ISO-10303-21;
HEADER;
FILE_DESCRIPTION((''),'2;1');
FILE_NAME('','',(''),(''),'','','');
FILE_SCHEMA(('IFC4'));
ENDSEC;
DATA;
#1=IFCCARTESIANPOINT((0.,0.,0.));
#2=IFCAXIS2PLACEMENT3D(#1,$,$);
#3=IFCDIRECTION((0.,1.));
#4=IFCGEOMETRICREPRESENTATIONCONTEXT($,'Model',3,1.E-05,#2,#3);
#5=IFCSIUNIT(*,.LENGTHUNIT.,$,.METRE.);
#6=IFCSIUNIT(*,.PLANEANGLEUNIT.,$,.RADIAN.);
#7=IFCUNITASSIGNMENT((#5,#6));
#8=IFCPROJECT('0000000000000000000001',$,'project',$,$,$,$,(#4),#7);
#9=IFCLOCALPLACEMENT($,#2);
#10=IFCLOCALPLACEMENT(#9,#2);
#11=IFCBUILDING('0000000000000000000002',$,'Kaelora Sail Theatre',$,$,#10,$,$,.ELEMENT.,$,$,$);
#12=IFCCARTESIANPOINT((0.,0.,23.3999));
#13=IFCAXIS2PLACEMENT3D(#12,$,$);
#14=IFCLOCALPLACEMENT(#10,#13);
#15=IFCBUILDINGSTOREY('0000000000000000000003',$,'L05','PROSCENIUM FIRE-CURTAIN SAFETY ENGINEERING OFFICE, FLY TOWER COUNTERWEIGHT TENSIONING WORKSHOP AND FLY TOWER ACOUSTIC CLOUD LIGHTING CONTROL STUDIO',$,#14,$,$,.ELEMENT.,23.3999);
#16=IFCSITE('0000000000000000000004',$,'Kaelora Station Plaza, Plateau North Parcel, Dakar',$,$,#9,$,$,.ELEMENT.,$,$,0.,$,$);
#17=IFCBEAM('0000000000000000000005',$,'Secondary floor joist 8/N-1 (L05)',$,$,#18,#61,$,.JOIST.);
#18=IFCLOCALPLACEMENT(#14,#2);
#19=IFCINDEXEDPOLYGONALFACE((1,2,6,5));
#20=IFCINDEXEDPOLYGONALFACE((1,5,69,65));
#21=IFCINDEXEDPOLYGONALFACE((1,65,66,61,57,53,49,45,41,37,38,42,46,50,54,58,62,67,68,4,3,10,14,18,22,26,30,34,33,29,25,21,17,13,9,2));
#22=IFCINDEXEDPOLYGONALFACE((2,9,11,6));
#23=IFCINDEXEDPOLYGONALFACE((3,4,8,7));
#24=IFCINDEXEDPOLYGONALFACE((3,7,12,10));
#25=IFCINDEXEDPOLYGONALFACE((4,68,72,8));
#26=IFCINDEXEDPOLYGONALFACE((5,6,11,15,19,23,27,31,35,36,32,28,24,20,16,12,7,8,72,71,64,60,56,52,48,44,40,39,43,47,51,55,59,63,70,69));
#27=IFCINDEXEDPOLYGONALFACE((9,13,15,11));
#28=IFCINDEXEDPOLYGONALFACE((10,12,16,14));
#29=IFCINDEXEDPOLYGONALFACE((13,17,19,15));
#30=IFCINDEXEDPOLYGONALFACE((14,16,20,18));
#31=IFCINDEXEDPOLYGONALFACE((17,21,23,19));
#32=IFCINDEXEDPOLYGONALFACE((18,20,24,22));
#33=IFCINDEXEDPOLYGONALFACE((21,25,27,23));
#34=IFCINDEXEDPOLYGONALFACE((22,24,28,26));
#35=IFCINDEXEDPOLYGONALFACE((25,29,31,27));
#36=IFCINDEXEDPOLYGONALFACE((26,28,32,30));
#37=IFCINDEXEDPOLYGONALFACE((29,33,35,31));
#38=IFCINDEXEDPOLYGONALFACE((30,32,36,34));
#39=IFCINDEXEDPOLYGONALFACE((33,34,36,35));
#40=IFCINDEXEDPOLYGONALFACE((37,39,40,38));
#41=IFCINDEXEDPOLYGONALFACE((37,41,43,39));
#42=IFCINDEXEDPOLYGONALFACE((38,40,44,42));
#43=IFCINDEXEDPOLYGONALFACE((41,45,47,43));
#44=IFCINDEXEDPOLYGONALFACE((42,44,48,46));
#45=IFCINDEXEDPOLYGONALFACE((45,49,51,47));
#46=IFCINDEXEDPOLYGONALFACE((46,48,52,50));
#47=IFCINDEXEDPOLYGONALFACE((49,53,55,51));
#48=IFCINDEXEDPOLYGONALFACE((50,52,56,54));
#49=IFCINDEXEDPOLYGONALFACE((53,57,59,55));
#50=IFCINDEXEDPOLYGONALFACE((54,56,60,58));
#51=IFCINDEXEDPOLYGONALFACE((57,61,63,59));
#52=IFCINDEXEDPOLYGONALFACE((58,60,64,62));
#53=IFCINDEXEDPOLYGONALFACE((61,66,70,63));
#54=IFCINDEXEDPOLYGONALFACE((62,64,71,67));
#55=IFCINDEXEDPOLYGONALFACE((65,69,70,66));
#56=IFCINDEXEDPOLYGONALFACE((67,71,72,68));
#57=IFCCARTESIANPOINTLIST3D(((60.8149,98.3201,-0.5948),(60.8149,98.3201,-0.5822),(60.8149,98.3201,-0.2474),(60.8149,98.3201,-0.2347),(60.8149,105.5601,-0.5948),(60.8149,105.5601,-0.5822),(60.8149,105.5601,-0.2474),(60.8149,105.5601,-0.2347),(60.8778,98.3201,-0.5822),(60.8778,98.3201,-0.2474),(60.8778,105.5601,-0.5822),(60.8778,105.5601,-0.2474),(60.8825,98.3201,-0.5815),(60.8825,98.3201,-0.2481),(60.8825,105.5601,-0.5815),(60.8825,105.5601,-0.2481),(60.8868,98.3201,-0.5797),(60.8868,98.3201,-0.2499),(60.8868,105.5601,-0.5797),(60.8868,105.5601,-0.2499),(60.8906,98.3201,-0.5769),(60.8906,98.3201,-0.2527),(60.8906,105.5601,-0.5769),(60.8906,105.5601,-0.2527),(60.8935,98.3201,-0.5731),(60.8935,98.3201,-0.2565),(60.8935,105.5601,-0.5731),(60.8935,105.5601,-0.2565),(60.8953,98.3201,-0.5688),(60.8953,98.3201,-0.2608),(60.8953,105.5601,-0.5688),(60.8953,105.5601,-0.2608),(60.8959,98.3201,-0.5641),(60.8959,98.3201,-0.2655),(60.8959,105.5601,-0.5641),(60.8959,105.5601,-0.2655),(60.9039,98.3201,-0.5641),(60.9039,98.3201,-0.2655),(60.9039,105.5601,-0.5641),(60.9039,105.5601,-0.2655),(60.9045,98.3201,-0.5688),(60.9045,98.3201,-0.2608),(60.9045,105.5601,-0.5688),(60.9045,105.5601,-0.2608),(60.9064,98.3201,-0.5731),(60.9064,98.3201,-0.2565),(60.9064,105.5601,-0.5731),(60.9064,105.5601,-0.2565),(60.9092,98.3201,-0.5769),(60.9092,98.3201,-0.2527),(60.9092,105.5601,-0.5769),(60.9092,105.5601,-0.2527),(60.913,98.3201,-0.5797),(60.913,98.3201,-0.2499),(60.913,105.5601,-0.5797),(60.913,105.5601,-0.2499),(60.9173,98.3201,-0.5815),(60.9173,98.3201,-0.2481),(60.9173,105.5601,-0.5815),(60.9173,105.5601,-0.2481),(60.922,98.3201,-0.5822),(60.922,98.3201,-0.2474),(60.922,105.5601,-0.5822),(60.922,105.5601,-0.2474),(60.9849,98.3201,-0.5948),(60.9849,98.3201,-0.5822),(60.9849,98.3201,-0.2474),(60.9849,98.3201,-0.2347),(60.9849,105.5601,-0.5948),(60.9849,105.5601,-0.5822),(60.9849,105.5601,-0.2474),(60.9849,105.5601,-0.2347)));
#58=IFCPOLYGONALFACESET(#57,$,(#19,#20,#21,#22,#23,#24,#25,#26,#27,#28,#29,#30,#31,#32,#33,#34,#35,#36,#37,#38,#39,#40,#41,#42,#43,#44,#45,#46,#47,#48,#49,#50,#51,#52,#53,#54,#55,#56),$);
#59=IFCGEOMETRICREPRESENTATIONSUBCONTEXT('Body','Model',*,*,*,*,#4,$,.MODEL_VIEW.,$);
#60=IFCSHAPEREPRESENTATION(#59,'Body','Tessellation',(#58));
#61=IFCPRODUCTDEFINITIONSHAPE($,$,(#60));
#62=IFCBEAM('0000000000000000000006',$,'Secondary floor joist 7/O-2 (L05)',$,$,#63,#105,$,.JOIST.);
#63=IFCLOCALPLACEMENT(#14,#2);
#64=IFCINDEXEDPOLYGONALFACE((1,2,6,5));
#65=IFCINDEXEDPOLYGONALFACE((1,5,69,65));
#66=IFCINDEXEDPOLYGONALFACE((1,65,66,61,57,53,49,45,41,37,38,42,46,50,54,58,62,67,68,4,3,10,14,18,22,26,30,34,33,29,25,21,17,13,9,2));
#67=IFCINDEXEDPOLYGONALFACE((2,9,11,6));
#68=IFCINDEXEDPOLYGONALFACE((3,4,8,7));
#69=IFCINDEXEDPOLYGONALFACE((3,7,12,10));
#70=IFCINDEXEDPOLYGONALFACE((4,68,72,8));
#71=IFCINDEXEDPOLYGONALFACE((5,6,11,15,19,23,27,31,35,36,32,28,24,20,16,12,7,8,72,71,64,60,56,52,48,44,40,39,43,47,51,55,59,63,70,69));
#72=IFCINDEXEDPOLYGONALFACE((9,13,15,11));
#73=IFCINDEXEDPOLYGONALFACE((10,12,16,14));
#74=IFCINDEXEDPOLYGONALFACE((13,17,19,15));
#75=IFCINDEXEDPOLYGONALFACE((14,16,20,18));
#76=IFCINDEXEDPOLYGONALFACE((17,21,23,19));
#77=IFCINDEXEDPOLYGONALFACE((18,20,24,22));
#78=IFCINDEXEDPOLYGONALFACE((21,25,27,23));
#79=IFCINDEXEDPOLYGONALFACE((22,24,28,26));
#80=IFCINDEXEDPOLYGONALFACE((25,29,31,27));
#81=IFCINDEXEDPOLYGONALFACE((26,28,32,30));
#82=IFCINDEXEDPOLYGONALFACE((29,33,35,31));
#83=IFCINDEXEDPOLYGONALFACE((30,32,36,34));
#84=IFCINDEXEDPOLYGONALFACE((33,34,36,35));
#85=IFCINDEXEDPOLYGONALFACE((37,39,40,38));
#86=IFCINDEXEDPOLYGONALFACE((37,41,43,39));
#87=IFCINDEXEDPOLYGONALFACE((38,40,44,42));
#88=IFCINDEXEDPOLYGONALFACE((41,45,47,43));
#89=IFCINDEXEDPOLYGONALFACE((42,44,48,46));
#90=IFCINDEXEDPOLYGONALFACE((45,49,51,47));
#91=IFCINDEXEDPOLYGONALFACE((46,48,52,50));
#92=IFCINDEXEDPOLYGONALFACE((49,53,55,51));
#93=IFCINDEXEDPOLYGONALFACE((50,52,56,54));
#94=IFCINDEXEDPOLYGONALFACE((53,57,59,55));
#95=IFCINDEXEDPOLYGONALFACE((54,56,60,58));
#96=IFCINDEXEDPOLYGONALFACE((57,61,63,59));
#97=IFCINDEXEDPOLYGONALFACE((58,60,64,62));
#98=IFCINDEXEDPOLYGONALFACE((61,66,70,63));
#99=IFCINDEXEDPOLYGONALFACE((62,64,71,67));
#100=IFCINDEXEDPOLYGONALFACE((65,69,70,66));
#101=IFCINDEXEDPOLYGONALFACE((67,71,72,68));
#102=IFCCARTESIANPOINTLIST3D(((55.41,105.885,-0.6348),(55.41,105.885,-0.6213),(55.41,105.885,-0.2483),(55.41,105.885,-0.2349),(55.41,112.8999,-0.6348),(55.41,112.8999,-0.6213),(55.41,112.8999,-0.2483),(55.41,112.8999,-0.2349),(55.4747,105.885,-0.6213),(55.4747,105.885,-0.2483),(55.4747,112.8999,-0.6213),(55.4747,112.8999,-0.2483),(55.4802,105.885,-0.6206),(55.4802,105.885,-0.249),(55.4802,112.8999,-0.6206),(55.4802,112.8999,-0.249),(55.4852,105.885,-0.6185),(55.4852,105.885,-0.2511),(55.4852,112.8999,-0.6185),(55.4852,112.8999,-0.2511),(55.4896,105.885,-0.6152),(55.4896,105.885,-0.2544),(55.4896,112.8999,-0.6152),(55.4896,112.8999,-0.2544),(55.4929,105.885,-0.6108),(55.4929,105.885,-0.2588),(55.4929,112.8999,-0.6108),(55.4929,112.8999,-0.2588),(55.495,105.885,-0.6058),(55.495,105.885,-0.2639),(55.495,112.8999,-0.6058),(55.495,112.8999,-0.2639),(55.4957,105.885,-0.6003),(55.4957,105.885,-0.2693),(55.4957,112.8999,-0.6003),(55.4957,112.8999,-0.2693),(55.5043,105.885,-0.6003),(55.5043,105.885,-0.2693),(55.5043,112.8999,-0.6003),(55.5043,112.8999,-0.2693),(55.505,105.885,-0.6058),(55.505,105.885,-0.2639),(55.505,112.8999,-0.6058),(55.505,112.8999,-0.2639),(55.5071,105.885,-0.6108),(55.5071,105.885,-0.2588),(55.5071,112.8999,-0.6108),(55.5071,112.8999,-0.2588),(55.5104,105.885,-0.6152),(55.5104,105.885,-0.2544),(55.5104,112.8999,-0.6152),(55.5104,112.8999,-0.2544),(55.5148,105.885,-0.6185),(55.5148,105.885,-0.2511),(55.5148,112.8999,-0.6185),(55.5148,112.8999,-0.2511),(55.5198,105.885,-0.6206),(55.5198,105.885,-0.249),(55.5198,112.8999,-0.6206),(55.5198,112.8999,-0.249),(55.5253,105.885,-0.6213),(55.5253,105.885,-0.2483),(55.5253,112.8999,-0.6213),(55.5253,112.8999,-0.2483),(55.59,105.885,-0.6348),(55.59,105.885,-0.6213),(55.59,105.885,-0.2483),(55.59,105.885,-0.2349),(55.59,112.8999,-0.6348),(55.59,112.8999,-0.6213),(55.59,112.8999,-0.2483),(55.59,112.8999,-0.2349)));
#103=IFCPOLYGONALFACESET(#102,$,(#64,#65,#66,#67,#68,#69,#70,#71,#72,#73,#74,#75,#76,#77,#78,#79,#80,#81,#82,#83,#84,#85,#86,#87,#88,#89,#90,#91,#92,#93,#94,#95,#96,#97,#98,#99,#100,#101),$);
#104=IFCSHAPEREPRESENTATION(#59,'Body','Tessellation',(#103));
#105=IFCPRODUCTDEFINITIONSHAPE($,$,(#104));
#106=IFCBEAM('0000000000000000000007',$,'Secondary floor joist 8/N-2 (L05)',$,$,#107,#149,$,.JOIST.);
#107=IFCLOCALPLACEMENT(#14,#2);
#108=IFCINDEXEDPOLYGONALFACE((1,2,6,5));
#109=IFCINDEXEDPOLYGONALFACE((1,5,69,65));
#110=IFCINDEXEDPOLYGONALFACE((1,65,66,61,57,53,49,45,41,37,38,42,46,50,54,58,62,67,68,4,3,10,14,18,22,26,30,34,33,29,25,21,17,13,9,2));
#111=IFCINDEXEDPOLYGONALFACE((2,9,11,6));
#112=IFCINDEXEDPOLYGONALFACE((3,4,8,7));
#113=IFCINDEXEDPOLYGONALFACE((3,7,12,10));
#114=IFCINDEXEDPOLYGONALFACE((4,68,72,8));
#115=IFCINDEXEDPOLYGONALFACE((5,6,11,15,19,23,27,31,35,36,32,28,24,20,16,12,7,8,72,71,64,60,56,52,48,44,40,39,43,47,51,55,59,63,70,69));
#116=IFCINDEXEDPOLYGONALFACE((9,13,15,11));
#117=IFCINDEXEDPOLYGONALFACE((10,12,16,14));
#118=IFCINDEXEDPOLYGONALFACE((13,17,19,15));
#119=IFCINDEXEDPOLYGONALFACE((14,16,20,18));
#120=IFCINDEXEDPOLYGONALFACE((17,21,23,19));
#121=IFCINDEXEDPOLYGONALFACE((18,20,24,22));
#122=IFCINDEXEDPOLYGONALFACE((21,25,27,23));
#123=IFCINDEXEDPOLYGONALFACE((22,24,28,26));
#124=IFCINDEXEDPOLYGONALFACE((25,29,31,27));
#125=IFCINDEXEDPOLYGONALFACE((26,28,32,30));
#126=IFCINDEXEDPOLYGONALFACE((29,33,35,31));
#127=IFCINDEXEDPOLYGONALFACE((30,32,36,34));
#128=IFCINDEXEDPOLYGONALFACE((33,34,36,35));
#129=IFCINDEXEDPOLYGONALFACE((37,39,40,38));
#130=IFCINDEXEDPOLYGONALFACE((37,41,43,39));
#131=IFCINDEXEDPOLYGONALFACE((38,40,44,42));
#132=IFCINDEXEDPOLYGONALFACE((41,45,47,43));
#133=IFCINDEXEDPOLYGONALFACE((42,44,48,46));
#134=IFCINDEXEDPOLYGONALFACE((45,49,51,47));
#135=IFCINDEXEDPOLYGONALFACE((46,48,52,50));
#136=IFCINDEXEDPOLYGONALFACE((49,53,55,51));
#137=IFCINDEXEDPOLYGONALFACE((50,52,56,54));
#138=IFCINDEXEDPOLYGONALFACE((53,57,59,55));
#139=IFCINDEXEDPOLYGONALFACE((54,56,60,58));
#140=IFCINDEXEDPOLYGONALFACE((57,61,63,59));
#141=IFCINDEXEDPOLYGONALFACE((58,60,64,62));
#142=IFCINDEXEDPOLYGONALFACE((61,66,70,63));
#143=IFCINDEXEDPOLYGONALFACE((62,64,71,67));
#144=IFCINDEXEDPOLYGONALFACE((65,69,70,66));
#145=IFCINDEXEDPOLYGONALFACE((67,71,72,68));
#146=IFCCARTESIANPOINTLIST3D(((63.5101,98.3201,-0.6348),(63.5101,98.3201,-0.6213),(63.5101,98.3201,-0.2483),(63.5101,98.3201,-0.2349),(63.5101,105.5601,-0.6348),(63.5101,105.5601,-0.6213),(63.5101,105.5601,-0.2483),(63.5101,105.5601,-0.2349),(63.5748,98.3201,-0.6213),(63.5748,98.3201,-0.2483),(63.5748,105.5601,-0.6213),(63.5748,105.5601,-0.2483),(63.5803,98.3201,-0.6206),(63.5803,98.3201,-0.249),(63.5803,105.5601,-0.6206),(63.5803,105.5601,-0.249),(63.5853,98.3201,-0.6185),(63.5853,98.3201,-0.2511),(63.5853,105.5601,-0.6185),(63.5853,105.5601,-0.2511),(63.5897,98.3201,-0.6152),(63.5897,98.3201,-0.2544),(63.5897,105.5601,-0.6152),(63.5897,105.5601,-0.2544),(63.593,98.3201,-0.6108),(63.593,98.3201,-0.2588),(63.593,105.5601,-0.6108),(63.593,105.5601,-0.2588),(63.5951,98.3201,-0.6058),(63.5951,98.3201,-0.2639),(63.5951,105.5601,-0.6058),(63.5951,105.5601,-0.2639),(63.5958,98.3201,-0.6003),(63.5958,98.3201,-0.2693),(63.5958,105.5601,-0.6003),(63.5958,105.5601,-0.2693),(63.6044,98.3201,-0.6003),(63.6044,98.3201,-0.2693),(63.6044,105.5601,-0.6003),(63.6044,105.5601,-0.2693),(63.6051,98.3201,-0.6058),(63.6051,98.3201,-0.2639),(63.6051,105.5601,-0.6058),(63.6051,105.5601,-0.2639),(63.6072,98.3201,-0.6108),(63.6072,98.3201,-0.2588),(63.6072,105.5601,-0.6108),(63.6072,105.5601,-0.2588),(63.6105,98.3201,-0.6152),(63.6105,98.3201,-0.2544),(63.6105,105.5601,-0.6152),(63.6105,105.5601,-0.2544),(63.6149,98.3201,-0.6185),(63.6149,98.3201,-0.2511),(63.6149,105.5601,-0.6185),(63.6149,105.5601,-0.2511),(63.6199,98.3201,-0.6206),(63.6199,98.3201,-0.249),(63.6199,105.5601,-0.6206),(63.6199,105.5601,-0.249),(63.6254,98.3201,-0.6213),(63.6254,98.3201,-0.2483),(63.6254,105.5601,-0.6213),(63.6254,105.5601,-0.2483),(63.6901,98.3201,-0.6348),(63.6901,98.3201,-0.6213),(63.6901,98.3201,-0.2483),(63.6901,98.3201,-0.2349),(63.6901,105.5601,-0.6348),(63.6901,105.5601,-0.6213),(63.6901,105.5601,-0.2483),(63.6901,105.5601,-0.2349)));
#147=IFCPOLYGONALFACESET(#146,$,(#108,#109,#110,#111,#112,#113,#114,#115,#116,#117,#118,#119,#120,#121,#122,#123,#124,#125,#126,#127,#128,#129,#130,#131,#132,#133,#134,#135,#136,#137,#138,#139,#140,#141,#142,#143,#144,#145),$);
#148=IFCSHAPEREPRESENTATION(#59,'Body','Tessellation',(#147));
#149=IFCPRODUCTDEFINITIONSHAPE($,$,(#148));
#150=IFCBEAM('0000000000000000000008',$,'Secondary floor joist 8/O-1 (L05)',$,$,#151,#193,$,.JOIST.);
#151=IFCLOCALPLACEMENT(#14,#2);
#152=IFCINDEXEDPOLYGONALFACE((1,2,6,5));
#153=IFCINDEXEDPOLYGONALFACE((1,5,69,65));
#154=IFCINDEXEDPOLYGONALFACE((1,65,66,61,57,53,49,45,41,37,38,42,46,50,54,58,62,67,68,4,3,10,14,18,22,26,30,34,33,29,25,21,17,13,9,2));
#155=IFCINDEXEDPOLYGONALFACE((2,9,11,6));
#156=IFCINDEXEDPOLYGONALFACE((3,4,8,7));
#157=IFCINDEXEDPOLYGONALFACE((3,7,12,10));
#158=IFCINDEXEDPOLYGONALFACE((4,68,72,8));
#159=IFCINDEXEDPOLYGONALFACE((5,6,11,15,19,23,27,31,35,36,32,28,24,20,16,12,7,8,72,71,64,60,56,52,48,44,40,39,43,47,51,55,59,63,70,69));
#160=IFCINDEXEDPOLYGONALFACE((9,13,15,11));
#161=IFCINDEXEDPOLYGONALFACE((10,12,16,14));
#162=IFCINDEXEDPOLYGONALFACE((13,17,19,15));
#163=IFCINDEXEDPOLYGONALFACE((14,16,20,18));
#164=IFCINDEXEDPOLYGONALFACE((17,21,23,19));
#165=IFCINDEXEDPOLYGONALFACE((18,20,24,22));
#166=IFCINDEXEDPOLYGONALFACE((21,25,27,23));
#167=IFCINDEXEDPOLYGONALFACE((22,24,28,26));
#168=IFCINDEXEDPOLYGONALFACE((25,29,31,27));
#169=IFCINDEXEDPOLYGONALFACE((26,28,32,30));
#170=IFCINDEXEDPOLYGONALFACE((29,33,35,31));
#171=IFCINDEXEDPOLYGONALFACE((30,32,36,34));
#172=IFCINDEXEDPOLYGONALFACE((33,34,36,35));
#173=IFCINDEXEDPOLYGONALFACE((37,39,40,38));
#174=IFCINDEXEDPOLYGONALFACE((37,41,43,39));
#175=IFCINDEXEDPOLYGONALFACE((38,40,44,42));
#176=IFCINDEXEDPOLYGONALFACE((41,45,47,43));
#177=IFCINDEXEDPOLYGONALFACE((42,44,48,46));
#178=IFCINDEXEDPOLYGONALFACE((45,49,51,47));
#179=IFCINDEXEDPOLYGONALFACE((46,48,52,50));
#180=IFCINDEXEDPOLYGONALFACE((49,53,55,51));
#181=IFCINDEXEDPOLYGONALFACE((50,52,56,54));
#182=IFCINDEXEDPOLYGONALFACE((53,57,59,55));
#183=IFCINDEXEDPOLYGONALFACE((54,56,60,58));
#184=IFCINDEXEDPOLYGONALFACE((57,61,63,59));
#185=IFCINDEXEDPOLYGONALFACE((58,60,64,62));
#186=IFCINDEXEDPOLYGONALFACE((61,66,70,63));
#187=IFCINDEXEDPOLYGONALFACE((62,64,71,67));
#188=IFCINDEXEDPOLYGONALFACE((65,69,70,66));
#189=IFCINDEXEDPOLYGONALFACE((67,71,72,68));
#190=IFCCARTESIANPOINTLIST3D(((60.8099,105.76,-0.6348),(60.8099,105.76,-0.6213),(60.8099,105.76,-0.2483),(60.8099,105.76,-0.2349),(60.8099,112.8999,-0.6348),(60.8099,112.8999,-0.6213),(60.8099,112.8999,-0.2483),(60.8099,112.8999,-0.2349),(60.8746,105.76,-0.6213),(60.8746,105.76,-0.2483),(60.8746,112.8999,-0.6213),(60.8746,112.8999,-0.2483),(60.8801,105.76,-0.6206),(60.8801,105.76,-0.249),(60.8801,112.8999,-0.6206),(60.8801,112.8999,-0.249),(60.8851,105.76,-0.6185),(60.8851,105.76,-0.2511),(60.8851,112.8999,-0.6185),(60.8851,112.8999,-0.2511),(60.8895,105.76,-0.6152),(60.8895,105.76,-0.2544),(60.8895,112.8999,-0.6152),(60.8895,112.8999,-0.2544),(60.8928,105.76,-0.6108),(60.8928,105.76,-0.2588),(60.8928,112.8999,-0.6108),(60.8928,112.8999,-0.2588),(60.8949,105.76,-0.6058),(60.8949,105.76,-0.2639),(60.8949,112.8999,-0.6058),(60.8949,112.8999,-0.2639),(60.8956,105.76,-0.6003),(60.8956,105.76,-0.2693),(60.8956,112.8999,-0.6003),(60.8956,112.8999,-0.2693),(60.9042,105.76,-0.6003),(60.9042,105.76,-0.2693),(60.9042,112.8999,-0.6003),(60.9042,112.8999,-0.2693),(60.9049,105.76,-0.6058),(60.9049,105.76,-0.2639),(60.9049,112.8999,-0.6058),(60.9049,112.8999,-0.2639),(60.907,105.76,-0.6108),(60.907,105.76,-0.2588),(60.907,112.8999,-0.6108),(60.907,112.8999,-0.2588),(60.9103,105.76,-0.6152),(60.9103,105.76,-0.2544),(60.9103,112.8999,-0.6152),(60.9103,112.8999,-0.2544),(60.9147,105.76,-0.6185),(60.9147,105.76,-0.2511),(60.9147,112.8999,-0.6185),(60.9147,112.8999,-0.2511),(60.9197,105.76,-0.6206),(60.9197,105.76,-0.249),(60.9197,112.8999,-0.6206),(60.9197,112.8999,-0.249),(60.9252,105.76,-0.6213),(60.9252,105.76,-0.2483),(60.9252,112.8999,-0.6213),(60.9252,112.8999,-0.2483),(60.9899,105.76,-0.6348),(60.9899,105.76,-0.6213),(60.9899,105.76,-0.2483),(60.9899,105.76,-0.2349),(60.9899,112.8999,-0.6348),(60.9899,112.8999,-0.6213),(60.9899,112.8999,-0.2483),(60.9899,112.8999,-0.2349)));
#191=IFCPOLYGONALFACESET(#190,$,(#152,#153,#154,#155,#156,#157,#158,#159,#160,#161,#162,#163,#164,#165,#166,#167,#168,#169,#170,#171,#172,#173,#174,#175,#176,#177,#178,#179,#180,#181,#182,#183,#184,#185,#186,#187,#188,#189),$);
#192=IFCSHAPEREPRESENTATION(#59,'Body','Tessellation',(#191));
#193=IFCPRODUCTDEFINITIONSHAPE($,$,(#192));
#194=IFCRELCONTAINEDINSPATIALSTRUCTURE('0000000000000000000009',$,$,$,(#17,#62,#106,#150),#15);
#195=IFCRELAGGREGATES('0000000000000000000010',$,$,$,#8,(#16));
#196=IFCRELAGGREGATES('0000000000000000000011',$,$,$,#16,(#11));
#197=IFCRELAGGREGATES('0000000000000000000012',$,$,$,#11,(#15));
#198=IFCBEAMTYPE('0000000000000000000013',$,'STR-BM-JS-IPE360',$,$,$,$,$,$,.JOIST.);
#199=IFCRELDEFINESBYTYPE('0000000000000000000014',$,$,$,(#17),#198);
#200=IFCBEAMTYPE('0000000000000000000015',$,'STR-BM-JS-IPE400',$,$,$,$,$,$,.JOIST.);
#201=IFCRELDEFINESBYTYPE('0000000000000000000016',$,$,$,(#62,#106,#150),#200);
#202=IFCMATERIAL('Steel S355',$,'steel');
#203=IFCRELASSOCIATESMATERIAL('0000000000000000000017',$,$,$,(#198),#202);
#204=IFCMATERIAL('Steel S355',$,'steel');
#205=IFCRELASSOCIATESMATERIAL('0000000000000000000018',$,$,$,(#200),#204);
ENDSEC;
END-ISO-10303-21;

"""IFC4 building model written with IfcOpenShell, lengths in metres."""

from ifc_helpers import new_model, si_unit, direction, frame, origin, origin_2d, place, context, subcontext, project, spatial, i_section, extrude, material, material_profile, profile_set, type_object, element, save


model = new_model("IFC4")

# Units and contexts
model_context = context("Model", 3, precision=1e-05, world=origin(), true_north=direction((0.0, 1.0)))
body_context = subcontext(model_context, "Body", "Model", "MODEL_VIEW")
ifc_project = project(units=[si_unit("LENGTHUNIT", "METRE"), si_unit("PLANEANGLEUNIT", "RADIAN")], contexts=[model_context])

# Site, building, storey
site_placement = place(None, origin())
site = spatial("IfcSite", under=ifc_project, at=site_placement, Name="Kaelora Station Plaza, Plateau North Parcel, Dakar", CompositionType="ELEMENT", RefElevation=0.0)
building_placement = place(site_placement, origin())
building = spatial("IfcBuilding", under=site, at=building_placement, Name="Kaelora Sail Theatre", CompositionType="ELEMENT")
storey_placement = place(building_placement, frame((0.0, 0.0, 23.3999)))
storey = spatial("IfcBuildingStorey", under=building, at=storey_placement, Name="L05", Description="PROSCENIUM FIRE-CURTAIN SAFETY ENGINEERING OFFICE, FLY TOWER COUNTERWEIGHT TENSIONING WORKSHOP AND FLY TOWER ACOUSTIC CLOUD LIGHTING CONTROL STUDIO", CompositionType="ELEMENT", Elevation=23.3999)

# Beams
ifc_material_1 = material(Name="Steel S355", Category="steel")
ifc_material_profile_1 = material_profile(ifc_material_1, i_section(OverallWidth=0.1699, OverallDepth=0.3601, WebThickness=0.0081, FlangeThickness=0.0127, FilletRadius=0.0181, at=origin_2d()), Name="IPE 360")
ifc_profile_set_1 = profile_set([ifc_material_profile_1], Name="Steel S355")
beam_type_1 = type_object("IfcBeamType", Name="STR-BM-JS-IPE360", PredefinedType="JOIST", material=ifc_profile_set_1)
beam_1_placement = place(storey_placement, frame((60.8999, 98.3201, -0.4148), z_axis=(0.0, 1.0, 0.0), x_axis=(-1.0, 0.0, 0.0)))
element("IfcBeam", 1, at=beam_1_placement, inside=storey, type_object=beam_type_1, Name="Secondary floor joist 8/N-1 (L05)", PredefinedType="JOIST", context=body_context, shape_type="SweptSolid", body=[
    extrude(i_section(OverallWidth=0.1699, OverallDepth=0.3601, WebThickness=0.0081, FlangeThickness=0.0127, FilletRadius=0.0181, at=origin_2d()), origin(), (0.0, 0.0, 1.0), 7.24),
])
ifc_material_2 = material(Name="Steel S355", Category="steel")
ifc_material_profile_2 = material_profile(ifc_material_2, i_section(OverallWidth=0.1799, OverallDepth=0.3999, WebThickness=0.0085, FlangeThickness=0.0134, FilletRadius=0.021, at=origin_2d()), Name="IPE 400")
ifc_profile_set_2 = profile_set([ifc_material_profile_2], Name="Steel S355")
beam_type_2 = type_object("IfcBeamType", Name="STR-BM-JS-IPE400", PredefinedType="JOIST", material=ifc_profile_set_2)
beam_2_placement = place(storey_placement, frame((55.5, 105.885, -0.4348), z_axis=(0.0, 1.0, 0.0), x_axis=(-1.0, 0.0, 0.0)))
element("IfcBeam", 2, at=beam_2_placement, inside=storey, type_object=beam_type_2, Name="Secondary floor joist 7/O-2 (L05)", PredefinedType="JOIST", context=body_context, shape_type="SweptSolid", body=[
    extrude(i_section(OverallWidth=0.1799, OverallDepth=0.3999, WebThickness=0.0085, FlangeThickness=0.0134, FilletRadius=0.021, at=origin_2d()), origin(), (0.0, 0.0, 1.0), 7.0149),
])
beam_3_placement = place(storey_placement, frame((63.6001, 98.3201, -0.4348), z_axis=(0.0, 1.0, 0.0), x_axis=(-1.0, 0.0, 0.0)))
element("IfcBeam", 3, at=beam_3_placement, inside=storey, type_object=beam_type_2, Name="Secondary floor joist 8/N-2 (L05)", PredefinedType="JOIST", context=body_context, shape_type="SweptSolid", body=[
    extrude(i_section(OverallWidth=0.1799, OverallDepth=0.3999, WebThickness=0.0085, FlangeThickness=0.0134, FilletRadius=0.021, at=origin_2d()), origin(), (0.0, 0.0, 1.0), 7.24),
])
beam_4_placement = place(storey_placement, frame((60.8999, 105.76, -0.4348), z_axis=(0.0, 1.0, 0.0), x_axis=(-1.0, 0.0, 0.0)))
element("IfcBeam", 4, at=beam_4_placement, inside=storey, type_object=beam_type_2, Name="Secondary floor joist 8/O-1 (L05)", PredefinedType="JOIST", context=body_context, shape_type="SweptSolid", body=[
    extrude(i_section(OverallWidth=0.1799, OverallDepth=0.3999, WebThickness=0.0085, FlangeThickness=0.0134, FilletRadius=0.021, at=origin_2d()), origin(), (0.0, 0.0, 1.0), 7.1399),
])

save(model, "model.ifc")
